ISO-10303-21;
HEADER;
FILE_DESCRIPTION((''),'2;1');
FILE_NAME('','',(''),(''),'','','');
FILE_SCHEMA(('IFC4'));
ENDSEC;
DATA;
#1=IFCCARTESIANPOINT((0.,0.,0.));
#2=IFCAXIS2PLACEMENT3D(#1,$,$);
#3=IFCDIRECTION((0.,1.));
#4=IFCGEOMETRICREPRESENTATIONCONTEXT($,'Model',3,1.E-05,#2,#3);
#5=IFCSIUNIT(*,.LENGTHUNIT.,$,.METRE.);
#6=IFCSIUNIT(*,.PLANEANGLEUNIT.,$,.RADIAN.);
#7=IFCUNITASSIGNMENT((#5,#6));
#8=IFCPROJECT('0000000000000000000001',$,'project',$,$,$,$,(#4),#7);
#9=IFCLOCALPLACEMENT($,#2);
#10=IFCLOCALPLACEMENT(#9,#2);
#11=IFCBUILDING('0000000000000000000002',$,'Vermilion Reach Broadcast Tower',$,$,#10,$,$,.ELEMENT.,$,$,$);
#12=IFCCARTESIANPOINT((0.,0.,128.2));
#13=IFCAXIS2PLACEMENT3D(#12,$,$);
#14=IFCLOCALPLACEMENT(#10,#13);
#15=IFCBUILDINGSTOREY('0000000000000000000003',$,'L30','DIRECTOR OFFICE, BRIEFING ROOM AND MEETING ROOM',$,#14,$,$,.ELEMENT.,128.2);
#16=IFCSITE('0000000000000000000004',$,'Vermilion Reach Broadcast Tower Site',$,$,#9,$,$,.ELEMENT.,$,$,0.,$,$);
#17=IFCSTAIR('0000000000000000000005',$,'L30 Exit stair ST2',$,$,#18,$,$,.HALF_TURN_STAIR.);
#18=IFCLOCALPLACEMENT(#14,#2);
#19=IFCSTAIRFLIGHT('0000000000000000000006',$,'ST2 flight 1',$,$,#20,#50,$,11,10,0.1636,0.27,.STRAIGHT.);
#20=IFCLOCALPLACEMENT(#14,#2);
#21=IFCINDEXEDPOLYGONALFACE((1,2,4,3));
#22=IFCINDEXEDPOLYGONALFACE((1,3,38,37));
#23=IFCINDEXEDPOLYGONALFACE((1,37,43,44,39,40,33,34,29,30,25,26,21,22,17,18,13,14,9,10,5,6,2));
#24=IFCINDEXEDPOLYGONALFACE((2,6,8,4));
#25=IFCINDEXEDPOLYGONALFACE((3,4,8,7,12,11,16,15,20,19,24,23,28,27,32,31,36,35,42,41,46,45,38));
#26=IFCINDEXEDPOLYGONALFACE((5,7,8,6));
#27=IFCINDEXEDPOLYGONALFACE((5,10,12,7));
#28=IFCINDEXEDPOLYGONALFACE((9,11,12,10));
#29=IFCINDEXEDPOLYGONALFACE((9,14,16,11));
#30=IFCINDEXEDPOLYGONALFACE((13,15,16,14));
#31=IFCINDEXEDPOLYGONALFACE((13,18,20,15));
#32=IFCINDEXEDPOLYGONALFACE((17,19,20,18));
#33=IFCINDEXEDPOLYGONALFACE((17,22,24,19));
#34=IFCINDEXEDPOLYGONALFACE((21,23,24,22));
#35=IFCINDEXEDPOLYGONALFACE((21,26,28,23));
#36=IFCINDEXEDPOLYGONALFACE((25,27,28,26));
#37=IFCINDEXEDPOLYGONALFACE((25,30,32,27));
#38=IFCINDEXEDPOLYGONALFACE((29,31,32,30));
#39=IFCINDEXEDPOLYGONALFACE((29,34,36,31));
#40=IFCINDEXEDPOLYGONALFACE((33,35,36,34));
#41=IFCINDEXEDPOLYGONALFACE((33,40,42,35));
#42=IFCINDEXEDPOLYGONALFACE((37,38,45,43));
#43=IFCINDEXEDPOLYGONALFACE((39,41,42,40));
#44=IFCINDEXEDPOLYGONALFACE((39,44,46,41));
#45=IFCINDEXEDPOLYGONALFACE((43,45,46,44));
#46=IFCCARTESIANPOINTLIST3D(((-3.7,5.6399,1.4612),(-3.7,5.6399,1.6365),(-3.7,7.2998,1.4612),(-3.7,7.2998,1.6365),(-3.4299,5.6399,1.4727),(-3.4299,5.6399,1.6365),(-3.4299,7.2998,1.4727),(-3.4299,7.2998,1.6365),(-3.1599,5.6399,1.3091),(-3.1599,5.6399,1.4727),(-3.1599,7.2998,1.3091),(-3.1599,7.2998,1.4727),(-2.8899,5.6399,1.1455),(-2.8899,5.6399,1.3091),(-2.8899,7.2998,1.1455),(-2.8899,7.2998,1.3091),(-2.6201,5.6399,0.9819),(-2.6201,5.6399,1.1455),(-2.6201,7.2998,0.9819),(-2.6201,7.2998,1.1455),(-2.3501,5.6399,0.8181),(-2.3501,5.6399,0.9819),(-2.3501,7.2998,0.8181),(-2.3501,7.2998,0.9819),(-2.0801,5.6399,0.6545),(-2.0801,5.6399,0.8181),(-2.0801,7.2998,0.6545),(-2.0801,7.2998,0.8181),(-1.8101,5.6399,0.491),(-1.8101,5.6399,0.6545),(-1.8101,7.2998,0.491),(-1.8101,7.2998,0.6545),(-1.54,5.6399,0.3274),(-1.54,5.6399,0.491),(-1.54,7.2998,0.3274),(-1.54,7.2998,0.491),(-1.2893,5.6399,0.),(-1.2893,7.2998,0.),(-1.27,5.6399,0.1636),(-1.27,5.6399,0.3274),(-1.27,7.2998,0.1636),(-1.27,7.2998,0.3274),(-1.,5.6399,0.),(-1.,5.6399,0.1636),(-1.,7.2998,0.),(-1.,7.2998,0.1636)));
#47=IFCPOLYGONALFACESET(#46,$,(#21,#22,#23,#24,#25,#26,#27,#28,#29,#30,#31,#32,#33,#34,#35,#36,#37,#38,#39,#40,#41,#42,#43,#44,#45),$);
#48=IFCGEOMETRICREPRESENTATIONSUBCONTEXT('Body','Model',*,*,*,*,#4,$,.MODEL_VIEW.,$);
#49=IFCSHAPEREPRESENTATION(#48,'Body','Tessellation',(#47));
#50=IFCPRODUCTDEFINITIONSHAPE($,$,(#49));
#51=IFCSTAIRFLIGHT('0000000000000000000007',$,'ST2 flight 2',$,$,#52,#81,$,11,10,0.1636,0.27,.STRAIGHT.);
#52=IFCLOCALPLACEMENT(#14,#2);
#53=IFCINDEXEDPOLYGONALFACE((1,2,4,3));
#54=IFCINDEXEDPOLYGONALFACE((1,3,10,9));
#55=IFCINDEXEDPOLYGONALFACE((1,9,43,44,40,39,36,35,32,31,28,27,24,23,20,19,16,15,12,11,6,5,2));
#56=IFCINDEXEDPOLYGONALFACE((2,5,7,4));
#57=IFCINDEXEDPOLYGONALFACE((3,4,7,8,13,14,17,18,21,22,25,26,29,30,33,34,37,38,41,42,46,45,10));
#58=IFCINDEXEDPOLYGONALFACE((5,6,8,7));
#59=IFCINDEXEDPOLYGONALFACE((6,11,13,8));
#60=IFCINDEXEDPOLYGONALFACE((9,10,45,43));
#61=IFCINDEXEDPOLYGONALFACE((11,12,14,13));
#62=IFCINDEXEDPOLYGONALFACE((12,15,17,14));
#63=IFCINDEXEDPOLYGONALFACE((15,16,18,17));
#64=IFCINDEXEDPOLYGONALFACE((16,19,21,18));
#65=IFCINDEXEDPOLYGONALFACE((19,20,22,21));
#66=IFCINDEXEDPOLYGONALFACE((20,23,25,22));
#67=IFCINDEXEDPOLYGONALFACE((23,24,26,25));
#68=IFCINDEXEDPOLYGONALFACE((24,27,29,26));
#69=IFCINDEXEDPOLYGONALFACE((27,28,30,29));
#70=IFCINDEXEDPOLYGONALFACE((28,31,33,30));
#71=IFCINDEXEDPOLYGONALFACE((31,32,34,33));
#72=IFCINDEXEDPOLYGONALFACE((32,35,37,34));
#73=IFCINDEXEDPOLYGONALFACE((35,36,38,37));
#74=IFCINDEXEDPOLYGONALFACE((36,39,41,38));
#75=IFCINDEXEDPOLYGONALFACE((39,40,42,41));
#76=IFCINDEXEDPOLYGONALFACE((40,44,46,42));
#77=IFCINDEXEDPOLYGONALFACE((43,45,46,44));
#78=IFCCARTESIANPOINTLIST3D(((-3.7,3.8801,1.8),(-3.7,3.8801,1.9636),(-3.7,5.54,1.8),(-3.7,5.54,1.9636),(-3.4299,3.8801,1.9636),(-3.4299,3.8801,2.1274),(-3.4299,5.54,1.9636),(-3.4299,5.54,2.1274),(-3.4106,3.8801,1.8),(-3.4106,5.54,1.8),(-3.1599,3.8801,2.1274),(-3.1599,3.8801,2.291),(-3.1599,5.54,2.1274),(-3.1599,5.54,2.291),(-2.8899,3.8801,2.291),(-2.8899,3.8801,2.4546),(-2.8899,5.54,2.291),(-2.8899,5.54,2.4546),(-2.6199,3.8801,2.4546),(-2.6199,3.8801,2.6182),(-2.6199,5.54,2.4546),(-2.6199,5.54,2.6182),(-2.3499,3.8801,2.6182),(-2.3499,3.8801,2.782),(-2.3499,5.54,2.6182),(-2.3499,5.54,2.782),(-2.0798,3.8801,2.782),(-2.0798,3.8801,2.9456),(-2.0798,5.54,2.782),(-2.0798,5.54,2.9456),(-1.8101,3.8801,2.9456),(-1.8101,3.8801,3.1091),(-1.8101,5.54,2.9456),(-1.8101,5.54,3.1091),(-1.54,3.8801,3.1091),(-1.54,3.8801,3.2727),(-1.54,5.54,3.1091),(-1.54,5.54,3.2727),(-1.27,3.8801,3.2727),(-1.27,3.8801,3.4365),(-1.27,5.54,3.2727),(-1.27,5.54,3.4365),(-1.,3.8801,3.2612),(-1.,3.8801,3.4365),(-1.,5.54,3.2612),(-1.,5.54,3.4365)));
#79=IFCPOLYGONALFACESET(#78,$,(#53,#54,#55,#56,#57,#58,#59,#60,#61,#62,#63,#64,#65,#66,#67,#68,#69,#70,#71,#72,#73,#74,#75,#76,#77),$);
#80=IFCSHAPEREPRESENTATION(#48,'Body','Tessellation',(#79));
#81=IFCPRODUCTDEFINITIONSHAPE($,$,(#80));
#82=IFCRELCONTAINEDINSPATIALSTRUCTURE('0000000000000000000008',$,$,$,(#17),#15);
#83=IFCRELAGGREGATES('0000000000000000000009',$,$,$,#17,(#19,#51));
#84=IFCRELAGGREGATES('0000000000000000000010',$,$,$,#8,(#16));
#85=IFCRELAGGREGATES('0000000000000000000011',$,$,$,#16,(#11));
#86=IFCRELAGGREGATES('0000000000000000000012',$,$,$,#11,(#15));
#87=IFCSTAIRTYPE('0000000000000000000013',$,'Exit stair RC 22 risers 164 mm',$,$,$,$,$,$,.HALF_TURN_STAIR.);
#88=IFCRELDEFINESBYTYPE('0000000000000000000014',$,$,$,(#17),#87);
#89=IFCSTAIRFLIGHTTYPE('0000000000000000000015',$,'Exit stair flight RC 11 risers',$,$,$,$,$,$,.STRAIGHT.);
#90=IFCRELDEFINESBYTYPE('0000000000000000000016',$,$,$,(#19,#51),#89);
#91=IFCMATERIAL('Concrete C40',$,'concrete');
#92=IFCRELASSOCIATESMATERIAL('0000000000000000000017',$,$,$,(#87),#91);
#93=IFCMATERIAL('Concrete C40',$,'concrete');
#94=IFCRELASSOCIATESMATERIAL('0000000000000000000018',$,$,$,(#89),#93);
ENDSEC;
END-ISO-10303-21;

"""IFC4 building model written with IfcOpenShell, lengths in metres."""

from ifc_helpers import new_model, si_unit, direction, frame, origin, place, context, subcontext, project, spatial, polyline, outline, extrude, material, type_object, element, aggregate, save


model = new_model("IFC4")

# Units and contexts
model_context = context("Model", 3, precision=1e-05, world=origin(), true_north=direction((0.0, 1.0)))
body_context = subcontext(model_context, "Body", "Model", "MODEL_VIEW")
ifc_project = project(units=[si_unit("LENGTHUNIT", "METRE"), si_unit("PLANEANGLEUNIT", "RADIAN")], contexts=[model_context])

# Site, building, storey
site_placement = place(None, origin())
site = spatial("IfcSite", under=ifc_project, at=site_placement, Name="Vermilion Reach Broadcast Tower Site", CompositionType="ELEMENT", RefElevation=0.0)
building_placement = place(site_placement, origin())
building = spatial("IfcBuilding", under=site, at=building_placement, Name="Vermilion Reach Broadcast Tower", CompositionType="ELEMENT")
storey_placement = place(building_placement, frame((0.0, 0.0, 128.2)))
storey = spatial("IfcBuildingStorey", under=building, at=storey_placement, Name="L30", Description="DIRECTOR OFFICE, BRIEFING ROOM AND MEETING ROOM", CompositionType="ELEMENT", Elevation=128.2)

# Stair
ifc_material_1 = material(Name="Concrete C40", Category="concrete")
stair_type = type_object("IfcStairType", Name="Exit stair RC 22 risers 164 mm", PredefinedType="HALF_TURN_STAIR", material=ifc_material_1)
placement_1 = place(storey_placement, origin())
stair_1 = element("IfcStair", 1, at=placement_1, inside=storey, type_object=stair_type, Name="L30 Exit stair ST2", PredefinedType="HALF_TURN_STAIR")

# Stair flights
ifc_material_2 = material(Name="Concrete C40", Category="concrete")
stair_flight_type = type_object("IfcStairFlightType", Name="Exit stair flight RC 11 risers", PredefinedType="STRAIGHT", material=ifc_material_2)
stair_flight_1_placement = place(storey_placement, frame((-1.0, 6.47, 0.0), z_axis=(0.0, 0.0, 1.0), x_axis=(-1.0, 0.0, 0.0)))
stair_flight_1 = element("IfcStairFlight", 2, at=stair_flight_1_placement, type_object=stair_flight_type, Name="ST2 flight 1", NumberOfRisers=11, NumberOfTreads=10, PredefinedType="STRAIGHT", RiserHeight=0.1636, TreadLength=0.27, context=body_context, shape_type="SweptSolid", body=[
    extrude(outline(polyline([(0.0, 0.0), (0.0, 0.1636), (0.27, 0.1636), (0.27, 0.3274), (0.54, 0.3274), (0.54, 0.491), (0.8101, 0.491), (0.8101, 0.6545), (1.0801, 0.6545), (1.0801, 0.8181), (1.3501, 0.8181), (1.3501, 0.9819), (1.6201, 0.9819), (1.6201, 1.1455), (1.8899, 1.1455), (1.8899, 1.3091), (2.1599, 1.3091), (2.1599, 1.4727), (2.4299, 1.4727), (2.4299, 1.6365), (2.7, 1.6365), (2.7, 1.8), (2.7, 1.4612), (0.2893, 0.0), (0.0, 0.0)])), frame((0.0, 0.8301, 0.0), z_axis=(0.0, -1.0, 0.0), x_axis=(1.0, 0.0, 0.0)), (0.0, 0.0, 1.0), 1.6599),
])
stair_flight_2_placement = place(storey_placement, frame((-3.7, 4.71, 1.8), z_axis=(0.0, 0.0, 1.0), x_axis=(1.0, 0.0, 0.0)))
stair_flight_2 = element("IfcStairFlight", 3, at=stair_flight_2_placement, type_object=stair_flight_type, Name="ST2 flight 2", NumberOfRisers=11, NumberOfTreads=10, PredefinedType="STRAIGHT", RiserHeight=0.1636, TreadLength=0.27, context=body_context, shape_type="SweptSolid", body=[
    extrude(outline(polyline([(0.0, 0.0), (0.0, 0.1636), (0.27, 0.1636), (0.27, 0.3274), (0.54, 0.3274), (0.54, 0.491), (0.8101, 0.491), (0.8101, 0.6545), (1.0801, 0.6545), (1.0801, 0.8181), (1.3501, 0.8181), (1.3501, 0.9819), (1.6201, 0.9819), (1.6201, 1.1455), (1.8899, 1.1455), (1.8899, 1.3091), (2.1599, 1.3091), (2.1599, 1.4727), (2.4299, 1.4727), (2.4299, 1.6365), (2.7, 1.6365), (2.7, 1.8), (2.7, 1.4612), (0.2893, 0.0), (0.0, 0.0)])), frame((0.0, 0.8301, 0.0), z_axis=(0.0, -1.0, 0.0), x_axis=(1.0, 0.0, 0.0)), (0.0, 0.0, 1.0), 1.6599),
])
aggregate(stair_1, [stair_flight_1, stair_flight_2])

save(model, "model.ifc")
